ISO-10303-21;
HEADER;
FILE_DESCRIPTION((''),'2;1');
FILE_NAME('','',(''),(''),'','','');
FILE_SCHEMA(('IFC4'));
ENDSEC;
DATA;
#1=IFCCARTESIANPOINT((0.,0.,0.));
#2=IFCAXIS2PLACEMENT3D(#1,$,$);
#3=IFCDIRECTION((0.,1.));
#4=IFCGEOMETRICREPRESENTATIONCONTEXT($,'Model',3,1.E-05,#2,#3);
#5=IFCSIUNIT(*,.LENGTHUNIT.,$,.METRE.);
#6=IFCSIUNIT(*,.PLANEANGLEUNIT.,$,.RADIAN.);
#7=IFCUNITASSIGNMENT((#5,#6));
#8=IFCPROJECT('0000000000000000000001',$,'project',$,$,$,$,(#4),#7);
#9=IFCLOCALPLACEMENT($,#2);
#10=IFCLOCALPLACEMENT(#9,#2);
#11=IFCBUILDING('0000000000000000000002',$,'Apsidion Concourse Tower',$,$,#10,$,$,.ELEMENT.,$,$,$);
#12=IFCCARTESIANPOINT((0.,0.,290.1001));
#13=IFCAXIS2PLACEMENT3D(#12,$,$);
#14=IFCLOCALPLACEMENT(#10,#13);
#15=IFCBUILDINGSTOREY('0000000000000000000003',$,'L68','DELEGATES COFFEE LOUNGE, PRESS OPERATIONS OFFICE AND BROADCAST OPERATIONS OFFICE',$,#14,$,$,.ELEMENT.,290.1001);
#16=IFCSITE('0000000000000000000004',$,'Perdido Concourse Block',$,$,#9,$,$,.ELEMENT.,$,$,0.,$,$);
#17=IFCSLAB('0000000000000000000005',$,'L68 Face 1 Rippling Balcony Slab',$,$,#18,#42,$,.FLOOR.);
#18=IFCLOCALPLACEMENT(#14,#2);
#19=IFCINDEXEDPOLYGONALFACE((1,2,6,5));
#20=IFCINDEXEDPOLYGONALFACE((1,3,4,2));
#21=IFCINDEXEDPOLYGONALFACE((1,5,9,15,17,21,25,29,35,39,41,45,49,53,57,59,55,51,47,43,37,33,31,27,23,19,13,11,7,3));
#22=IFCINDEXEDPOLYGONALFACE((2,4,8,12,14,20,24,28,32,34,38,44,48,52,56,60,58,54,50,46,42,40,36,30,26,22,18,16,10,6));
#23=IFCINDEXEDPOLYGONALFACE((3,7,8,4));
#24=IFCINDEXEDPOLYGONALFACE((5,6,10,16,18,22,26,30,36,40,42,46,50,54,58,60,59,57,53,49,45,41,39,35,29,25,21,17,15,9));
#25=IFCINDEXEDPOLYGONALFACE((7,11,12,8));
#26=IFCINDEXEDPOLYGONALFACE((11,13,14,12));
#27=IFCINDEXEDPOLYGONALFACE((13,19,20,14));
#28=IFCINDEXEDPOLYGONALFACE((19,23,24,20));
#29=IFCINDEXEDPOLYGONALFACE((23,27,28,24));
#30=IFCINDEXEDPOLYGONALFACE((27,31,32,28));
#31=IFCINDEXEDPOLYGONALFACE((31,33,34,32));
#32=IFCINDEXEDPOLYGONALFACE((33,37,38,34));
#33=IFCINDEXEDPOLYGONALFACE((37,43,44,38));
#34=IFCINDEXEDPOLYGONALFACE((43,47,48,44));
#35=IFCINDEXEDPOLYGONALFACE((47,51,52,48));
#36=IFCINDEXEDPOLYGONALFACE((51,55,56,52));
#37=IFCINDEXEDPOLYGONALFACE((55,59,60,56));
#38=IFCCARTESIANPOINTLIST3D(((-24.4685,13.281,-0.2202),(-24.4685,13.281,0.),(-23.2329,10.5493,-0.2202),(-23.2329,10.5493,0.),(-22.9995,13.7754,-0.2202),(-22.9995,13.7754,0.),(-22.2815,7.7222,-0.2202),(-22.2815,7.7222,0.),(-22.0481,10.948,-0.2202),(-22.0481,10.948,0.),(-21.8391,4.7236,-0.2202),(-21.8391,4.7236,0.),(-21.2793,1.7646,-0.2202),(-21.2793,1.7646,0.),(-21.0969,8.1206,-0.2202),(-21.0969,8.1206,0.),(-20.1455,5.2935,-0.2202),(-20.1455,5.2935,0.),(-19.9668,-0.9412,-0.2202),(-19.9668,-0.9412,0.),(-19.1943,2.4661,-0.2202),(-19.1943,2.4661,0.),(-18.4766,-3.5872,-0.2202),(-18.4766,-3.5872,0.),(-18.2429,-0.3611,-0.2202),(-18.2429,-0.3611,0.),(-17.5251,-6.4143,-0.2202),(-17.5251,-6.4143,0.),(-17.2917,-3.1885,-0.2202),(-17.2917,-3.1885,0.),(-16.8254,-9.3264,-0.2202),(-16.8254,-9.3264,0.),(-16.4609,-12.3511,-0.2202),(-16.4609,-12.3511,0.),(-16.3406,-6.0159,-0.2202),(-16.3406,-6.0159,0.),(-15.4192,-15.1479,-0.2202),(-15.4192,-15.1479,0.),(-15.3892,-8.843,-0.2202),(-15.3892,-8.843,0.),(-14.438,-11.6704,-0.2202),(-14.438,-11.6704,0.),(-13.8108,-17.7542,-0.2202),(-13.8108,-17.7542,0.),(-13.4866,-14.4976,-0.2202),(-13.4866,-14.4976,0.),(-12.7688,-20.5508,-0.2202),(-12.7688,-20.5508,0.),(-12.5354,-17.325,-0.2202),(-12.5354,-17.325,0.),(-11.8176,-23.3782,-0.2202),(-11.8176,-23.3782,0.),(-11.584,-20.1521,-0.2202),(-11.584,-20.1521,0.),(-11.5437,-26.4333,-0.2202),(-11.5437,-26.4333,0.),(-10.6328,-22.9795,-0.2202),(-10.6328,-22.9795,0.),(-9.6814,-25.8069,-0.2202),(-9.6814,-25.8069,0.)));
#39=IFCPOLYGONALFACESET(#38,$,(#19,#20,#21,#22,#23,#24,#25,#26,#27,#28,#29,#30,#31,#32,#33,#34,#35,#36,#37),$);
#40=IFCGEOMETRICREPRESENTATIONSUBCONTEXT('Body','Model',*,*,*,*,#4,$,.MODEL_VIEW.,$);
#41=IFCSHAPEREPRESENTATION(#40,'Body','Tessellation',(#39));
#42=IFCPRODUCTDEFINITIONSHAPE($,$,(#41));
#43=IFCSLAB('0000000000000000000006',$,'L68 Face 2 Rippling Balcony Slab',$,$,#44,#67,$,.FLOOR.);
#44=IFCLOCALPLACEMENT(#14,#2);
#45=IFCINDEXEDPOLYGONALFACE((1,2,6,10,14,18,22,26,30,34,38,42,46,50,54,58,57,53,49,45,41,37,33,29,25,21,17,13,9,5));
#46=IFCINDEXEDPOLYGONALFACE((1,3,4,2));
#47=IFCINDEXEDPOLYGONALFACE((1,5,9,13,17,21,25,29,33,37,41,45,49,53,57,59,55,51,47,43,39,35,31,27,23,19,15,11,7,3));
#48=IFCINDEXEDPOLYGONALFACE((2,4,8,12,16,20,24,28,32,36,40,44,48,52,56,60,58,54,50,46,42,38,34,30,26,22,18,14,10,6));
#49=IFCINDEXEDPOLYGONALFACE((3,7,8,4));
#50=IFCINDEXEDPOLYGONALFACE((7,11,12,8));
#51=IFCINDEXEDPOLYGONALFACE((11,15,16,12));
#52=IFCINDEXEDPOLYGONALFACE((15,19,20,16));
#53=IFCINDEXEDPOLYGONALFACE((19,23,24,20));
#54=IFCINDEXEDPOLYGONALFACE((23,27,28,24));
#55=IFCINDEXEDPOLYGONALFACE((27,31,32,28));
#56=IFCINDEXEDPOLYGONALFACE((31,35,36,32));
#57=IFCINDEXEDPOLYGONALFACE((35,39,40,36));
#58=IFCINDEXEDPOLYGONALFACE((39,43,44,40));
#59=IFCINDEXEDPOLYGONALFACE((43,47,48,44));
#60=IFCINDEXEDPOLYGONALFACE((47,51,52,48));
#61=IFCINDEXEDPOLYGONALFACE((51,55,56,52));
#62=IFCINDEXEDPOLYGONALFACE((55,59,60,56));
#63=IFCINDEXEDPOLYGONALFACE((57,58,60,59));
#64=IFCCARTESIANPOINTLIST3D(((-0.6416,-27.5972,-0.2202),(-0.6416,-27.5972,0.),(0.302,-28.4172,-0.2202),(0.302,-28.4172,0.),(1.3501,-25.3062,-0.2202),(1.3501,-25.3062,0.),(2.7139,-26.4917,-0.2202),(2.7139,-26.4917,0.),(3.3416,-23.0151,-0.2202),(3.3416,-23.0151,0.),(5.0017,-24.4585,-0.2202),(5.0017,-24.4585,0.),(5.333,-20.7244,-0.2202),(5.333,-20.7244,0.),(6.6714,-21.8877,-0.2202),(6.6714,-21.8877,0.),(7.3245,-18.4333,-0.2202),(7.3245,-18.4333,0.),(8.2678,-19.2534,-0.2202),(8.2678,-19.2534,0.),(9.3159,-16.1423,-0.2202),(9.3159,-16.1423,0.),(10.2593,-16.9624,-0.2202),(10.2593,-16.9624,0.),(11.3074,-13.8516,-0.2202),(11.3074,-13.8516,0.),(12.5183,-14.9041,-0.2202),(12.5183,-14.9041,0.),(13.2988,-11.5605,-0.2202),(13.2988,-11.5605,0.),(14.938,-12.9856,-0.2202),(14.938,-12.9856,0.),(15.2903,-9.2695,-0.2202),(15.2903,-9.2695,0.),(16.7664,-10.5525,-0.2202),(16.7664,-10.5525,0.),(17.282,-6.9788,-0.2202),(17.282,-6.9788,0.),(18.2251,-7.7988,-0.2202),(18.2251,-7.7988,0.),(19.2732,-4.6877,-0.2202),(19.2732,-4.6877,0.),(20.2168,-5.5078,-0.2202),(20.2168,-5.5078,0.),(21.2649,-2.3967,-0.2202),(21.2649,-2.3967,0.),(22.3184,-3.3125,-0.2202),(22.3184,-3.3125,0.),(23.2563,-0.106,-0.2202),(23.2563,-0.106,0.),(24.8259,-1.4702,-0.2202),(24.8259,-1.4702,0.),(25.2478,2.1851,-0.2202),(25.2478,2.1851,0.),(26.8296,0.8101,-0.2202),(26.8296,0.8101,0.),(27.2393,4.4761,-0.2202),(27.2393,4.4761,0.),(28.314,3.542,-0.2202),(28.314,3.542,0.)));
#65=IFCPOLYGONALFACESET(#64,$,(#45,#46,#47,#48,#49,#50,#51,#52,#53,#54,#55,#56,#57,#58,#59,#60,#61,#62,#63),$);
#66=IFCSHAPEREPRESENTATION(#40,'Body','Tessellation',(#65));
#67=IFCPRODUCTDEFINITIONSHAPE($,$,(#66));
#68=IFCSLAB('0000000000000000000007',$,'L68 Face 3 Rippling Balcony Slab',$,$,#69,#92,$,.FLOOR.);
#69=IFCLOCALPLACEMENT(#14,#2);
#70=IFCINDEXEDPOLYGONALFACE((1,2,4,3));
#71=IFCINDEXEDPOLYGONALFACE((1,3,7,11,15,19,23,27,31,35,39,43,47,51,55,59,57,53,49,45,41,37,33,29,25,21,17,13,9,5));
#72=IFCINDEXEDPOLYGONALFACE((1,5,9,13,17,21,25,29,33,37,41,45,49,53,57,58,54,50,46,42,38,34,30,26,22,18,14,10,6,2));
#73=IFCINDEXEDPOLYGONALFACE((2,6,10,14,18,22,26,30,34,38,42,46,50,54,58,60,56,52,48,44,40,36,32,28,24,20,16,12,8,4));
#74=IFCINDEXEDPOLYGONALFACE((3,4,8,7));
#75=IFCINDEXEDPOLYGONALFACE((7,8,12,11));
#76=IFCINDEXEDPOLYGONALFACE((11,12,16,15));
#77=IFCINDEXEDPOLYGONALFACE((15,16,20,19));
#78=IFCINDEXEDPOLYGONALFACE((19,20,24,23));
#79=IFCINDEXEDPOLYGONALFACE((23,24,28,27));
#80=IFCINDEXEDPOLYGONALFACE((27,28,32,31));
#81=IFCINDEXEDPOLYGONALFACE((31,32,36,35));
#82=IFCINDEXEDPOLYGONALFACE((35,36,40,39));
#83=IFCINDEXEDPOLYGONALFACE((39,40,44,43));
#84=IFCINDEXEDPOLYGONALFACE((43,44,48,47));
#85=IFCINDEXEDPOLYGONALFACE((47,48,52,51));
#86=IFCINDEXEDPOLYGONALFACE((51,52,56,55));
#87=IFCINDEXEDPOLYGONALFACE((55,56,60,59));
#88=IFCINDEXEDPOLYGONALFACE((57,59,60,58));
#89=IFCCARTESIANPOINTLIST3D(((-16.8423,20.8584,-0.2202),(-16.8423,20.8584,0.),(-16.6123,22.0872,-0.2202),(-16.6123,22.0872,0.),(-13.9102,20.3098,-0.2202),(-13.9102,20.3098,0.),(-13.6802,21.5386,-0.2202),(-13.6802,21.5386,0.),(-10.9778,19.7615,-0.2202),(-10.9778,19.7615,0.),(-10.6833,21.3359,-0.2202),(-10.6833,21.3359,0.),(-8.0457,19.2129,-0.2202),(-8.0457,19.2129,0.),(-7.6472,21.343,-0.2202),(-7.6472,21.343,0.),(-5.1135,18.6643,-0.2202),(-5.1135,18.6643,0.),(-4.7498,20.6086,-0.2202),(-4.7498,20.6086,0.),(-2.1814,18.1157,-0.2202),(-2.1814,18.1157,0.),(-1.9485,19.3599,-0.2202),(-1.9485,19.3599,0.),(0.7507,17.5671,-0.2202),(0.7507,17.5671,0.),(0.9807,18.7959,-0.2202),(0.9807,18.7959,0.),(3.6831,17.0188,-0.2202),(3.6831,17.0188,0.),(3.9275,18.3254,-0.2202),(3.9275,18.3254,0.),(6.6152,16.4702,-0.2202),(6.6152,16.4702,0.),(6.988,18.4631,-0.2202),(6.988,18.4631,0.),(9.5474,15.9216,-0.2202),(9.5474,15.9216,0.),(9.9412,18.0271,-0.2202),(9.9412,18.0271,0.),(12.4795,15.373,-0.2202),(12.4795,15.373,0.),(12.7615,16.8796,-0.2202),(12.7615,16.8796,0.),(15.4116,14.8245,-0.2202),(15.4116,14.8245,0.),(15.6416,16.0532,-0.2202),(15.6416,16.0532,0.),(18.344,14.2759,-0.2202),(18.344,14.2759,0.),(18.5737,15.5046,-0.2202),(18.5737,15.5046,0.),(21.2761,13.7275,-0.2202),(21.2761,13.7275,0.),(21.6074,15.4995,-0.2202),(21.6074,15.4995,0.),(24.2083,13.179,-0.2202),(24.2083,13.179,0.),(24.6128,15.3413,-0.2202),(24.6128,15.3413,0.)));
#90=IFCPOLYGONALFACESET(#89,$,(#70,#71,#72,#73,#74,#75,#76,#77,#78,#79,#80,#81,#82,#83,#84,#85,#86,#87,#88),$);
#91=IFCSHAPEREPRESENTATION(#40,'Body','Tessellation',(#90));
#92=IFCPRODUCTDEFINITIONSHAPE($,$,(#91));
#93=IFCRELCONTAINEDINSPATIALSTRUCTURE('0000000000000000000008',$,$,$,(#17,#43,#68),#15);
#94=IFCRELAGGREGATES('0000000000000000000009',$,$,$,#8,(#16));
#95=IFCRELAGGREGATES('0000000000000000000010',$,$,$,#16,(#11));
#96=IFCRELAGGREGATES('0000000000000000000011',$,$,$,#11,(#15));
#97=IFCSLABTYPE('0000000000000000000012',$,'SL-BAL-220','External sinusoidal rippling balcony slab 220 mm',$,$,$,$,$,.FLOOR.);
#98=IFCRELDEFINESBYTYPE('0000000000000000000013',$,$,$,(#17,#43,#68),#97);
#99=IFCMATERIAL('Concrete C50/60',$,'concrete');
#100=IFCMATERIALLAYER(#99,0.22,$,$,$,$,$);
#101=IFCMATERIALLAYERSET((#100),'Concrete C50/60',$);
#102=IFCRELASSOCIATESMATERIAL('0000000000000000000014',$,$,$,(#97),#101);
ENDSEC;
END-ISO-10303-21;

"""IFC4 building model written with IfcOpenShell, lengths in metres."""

from ifc_helpers import new_model, si_unit, direction, frame, origin, place, context, subcontext, project, spatial, polyline, outline, extrude, material, layer, layer_set, type_object, element, save


model = new_model("IFC4")

# Units and contexts
model_context = context("Model", 3, precision=1e-05, world=origin(), true_north=direction((0.0, 1.0)))
body_context = subcontext(model_context, "Body", "Model", "MODEL_VIEW")
ifc_project = project(units=[si_unit("LENGTHUNIT", "METRE"), si_unit("PLANEANGLEUNIT", "RADIAN")], contexts=[model_context])

# Site, building, storey
site_placement = place(None, origin())
site = spatial("IfcSite", under=ifc_project, at=site_placement, Name="Perdido Concourse Block", CompositionType="ELEMENT", RefElevation=0.0)
building_placement = place(site_placement, origin())
building = spatial("IfcBuilding", under=site, at=building_placement, Name="Apsidion Concourse Tower", CompositionType="ELEMENT")
storey_placement = place(building_placement, frame((0.0, 0.0, 290.1001)))
storey = spatial("IfcBuildingStorey", under=building, at=storey_placement, Name="L68", Description="DELEGATES COFFEE LOUNGE, PRESS OPERATIONS OFFICE AND BROADCAST OPERATIONS OFFICE", CompositionType="ELEMENT", Elevation=290.1001)

# Shared definitions
ifc_material_1 = material(Name="Concrete C50/60", Category="concrete")

# Slabs
ifc_layer_1 = layer(ifc_material_1, 0.22)
ifc_layer_set_1 = layer_set([ifc_layer_1], Name="Concrete C50/60")
slab_type_1 = type_object("IfcSlabType", Name="SL-BAL-220", Description="External sinusoidal rippling balcony slab 220 mm", PredefinedType="FLOOR", material=ifc_layer_set_1)
slab_1_placement = place(storey_placement, frame((0.0, 0.0, -0.2202)))
element("IfcSlab", 1, at=slab_1_placement, inside=storey, type_object=slab_type_1, Name="L68 Face 1 Rippling Balcony Slab", PredefinedType="FLOOR", context=body_context, shape_type="SweptSolid", body=[
    extrude(outline(polyline([(-22.9995, 13.7754), (-22.0481, 10.948), (-21.0969, 8.1206), (-20.1455, 5.2935), (-19.1943, 2.4661), (-18.2429, -0.3611), (-17.2917, -3.1885), (-16.3406, -6.0159), (-15.3892, -8.843), (-14.438, -11.6704), (-13.4866, -14.4976), (-12.5354, -17.325), (-11.584, -20.1521), (-10.6328, -22.9795), (-9.6814, -25.8069), (-11.5437, -26.4333), (-11.8176, -23.3782), (-12.7688, -20.5508), (-13.8108, -17.7542), (-15.4192, -15.1479), (-16.4609, -12.3511), (-16.8254, -9.3264), (-17.5251, -6.4143), (-18.4766, -3.5872), (-19.9668, -0.9412), (-21.2793, 1.7646), (-21.8391, 4.7236), (-22.2815, 7.7222), (-23.2329, 10.5493), (-24.4685, 13.281), (-22.9995, 13.7754)])), origin(), (0.0, 0.0, 1.0), 0.2202),
])
slab_2_placement = place(storey_placement, frame((0.0, 0.0, -0.2202)))
element("IfcSlab", 2, at=slab_2_placement, inside=storey, type_object=slab_type_1, Name="L68 Face 2 Rippling Balcony Slab", PredefinedType="FLOOR", context=body_context, shape_type="SweptSolid", body=[
    extrude(outline(polyline([(-0.6416, -27.5972), (1.3501, -25.3062), (3.3416, -23.0151), (5.333, -20.7244), (7.3245, -18.4333), (9.3159, -16.1423), (11.3074, -13.8516), (13.2988, -11.5605), (15.2903, -9.2695), (17.282, -6.9788), (19.2732, -4.6877), (21.2649, -2.3967), (23.2563, -0.106), (25.2478, 2.1851), (27.2393, 4.4761), (28.314, 3.542), (26.8296, 0.8101), (24.8259, -1.4702), (22.3184, -3.3125), (20.2168, -5.5078), (18.2251, -7.7988), (16.7664, -10.5525), (14.938, -12.9856), (12.5183, -14.9041), (10.2593, -16.9624), (8.2678, -19.2534), (6.6714, -21.8877), (5.0017, -24.4585), (2.7139, -26.4917), (0.302, -28.4172), (-0.6416, -27.5972)])), origin(), (0.0, 0.0, 1.0), 0.2202),
])
slab_3_placement = place(storey_placement, frame((0.0, 0.0, -0.2202)))
element("IfcSlab", 3, at=slab_3_placement, inside=storey, type_object=slab_type_1, Name="L68 Face 3 Rippling Balcony Slab", PredefinedType="FLOOR", context=body_context, shape_type="SweptSolid", body=[
    extrude(outline(polyline([(24.2083, 13.179), (21.2761, 13.7275), (18.344, 14.2759), (15.4116, 14.8245), (12.4795, 15.373), (9.5474, 15.9216), (6.6152, 16.4702), (3.6831, 17.0188), (0.7507, 17.5671), (-2.1814, 18.1157), (-5.1135, 18.6643), (-8.0457, 19.2129), (-10.9778, 19.7615), (-13.9102, 20.3098), (-16.8423, 20.8584), (-16.6123, 22.0872), (-13.6802, 21.5386), (-10.6833, 21.3359), (-7.6472, 21.343), (-4.7498, 20.6086), (-1.9485, 19.3599), (0.9807, 18.7959), (3.9275, 18.3254), (6.988, 18.4631), (9.9412, 18.0271), (12.7615, 16.8796), (15.6416, 16.0532), (18.5737, 15.5046), (21.6074, 15.4995), (24.6128, 15.3413), (24.2083, 13.179)])), origin(), (0.0, 0.0, 1.0), 0.2202),
])

save(model, "model.ifc")
